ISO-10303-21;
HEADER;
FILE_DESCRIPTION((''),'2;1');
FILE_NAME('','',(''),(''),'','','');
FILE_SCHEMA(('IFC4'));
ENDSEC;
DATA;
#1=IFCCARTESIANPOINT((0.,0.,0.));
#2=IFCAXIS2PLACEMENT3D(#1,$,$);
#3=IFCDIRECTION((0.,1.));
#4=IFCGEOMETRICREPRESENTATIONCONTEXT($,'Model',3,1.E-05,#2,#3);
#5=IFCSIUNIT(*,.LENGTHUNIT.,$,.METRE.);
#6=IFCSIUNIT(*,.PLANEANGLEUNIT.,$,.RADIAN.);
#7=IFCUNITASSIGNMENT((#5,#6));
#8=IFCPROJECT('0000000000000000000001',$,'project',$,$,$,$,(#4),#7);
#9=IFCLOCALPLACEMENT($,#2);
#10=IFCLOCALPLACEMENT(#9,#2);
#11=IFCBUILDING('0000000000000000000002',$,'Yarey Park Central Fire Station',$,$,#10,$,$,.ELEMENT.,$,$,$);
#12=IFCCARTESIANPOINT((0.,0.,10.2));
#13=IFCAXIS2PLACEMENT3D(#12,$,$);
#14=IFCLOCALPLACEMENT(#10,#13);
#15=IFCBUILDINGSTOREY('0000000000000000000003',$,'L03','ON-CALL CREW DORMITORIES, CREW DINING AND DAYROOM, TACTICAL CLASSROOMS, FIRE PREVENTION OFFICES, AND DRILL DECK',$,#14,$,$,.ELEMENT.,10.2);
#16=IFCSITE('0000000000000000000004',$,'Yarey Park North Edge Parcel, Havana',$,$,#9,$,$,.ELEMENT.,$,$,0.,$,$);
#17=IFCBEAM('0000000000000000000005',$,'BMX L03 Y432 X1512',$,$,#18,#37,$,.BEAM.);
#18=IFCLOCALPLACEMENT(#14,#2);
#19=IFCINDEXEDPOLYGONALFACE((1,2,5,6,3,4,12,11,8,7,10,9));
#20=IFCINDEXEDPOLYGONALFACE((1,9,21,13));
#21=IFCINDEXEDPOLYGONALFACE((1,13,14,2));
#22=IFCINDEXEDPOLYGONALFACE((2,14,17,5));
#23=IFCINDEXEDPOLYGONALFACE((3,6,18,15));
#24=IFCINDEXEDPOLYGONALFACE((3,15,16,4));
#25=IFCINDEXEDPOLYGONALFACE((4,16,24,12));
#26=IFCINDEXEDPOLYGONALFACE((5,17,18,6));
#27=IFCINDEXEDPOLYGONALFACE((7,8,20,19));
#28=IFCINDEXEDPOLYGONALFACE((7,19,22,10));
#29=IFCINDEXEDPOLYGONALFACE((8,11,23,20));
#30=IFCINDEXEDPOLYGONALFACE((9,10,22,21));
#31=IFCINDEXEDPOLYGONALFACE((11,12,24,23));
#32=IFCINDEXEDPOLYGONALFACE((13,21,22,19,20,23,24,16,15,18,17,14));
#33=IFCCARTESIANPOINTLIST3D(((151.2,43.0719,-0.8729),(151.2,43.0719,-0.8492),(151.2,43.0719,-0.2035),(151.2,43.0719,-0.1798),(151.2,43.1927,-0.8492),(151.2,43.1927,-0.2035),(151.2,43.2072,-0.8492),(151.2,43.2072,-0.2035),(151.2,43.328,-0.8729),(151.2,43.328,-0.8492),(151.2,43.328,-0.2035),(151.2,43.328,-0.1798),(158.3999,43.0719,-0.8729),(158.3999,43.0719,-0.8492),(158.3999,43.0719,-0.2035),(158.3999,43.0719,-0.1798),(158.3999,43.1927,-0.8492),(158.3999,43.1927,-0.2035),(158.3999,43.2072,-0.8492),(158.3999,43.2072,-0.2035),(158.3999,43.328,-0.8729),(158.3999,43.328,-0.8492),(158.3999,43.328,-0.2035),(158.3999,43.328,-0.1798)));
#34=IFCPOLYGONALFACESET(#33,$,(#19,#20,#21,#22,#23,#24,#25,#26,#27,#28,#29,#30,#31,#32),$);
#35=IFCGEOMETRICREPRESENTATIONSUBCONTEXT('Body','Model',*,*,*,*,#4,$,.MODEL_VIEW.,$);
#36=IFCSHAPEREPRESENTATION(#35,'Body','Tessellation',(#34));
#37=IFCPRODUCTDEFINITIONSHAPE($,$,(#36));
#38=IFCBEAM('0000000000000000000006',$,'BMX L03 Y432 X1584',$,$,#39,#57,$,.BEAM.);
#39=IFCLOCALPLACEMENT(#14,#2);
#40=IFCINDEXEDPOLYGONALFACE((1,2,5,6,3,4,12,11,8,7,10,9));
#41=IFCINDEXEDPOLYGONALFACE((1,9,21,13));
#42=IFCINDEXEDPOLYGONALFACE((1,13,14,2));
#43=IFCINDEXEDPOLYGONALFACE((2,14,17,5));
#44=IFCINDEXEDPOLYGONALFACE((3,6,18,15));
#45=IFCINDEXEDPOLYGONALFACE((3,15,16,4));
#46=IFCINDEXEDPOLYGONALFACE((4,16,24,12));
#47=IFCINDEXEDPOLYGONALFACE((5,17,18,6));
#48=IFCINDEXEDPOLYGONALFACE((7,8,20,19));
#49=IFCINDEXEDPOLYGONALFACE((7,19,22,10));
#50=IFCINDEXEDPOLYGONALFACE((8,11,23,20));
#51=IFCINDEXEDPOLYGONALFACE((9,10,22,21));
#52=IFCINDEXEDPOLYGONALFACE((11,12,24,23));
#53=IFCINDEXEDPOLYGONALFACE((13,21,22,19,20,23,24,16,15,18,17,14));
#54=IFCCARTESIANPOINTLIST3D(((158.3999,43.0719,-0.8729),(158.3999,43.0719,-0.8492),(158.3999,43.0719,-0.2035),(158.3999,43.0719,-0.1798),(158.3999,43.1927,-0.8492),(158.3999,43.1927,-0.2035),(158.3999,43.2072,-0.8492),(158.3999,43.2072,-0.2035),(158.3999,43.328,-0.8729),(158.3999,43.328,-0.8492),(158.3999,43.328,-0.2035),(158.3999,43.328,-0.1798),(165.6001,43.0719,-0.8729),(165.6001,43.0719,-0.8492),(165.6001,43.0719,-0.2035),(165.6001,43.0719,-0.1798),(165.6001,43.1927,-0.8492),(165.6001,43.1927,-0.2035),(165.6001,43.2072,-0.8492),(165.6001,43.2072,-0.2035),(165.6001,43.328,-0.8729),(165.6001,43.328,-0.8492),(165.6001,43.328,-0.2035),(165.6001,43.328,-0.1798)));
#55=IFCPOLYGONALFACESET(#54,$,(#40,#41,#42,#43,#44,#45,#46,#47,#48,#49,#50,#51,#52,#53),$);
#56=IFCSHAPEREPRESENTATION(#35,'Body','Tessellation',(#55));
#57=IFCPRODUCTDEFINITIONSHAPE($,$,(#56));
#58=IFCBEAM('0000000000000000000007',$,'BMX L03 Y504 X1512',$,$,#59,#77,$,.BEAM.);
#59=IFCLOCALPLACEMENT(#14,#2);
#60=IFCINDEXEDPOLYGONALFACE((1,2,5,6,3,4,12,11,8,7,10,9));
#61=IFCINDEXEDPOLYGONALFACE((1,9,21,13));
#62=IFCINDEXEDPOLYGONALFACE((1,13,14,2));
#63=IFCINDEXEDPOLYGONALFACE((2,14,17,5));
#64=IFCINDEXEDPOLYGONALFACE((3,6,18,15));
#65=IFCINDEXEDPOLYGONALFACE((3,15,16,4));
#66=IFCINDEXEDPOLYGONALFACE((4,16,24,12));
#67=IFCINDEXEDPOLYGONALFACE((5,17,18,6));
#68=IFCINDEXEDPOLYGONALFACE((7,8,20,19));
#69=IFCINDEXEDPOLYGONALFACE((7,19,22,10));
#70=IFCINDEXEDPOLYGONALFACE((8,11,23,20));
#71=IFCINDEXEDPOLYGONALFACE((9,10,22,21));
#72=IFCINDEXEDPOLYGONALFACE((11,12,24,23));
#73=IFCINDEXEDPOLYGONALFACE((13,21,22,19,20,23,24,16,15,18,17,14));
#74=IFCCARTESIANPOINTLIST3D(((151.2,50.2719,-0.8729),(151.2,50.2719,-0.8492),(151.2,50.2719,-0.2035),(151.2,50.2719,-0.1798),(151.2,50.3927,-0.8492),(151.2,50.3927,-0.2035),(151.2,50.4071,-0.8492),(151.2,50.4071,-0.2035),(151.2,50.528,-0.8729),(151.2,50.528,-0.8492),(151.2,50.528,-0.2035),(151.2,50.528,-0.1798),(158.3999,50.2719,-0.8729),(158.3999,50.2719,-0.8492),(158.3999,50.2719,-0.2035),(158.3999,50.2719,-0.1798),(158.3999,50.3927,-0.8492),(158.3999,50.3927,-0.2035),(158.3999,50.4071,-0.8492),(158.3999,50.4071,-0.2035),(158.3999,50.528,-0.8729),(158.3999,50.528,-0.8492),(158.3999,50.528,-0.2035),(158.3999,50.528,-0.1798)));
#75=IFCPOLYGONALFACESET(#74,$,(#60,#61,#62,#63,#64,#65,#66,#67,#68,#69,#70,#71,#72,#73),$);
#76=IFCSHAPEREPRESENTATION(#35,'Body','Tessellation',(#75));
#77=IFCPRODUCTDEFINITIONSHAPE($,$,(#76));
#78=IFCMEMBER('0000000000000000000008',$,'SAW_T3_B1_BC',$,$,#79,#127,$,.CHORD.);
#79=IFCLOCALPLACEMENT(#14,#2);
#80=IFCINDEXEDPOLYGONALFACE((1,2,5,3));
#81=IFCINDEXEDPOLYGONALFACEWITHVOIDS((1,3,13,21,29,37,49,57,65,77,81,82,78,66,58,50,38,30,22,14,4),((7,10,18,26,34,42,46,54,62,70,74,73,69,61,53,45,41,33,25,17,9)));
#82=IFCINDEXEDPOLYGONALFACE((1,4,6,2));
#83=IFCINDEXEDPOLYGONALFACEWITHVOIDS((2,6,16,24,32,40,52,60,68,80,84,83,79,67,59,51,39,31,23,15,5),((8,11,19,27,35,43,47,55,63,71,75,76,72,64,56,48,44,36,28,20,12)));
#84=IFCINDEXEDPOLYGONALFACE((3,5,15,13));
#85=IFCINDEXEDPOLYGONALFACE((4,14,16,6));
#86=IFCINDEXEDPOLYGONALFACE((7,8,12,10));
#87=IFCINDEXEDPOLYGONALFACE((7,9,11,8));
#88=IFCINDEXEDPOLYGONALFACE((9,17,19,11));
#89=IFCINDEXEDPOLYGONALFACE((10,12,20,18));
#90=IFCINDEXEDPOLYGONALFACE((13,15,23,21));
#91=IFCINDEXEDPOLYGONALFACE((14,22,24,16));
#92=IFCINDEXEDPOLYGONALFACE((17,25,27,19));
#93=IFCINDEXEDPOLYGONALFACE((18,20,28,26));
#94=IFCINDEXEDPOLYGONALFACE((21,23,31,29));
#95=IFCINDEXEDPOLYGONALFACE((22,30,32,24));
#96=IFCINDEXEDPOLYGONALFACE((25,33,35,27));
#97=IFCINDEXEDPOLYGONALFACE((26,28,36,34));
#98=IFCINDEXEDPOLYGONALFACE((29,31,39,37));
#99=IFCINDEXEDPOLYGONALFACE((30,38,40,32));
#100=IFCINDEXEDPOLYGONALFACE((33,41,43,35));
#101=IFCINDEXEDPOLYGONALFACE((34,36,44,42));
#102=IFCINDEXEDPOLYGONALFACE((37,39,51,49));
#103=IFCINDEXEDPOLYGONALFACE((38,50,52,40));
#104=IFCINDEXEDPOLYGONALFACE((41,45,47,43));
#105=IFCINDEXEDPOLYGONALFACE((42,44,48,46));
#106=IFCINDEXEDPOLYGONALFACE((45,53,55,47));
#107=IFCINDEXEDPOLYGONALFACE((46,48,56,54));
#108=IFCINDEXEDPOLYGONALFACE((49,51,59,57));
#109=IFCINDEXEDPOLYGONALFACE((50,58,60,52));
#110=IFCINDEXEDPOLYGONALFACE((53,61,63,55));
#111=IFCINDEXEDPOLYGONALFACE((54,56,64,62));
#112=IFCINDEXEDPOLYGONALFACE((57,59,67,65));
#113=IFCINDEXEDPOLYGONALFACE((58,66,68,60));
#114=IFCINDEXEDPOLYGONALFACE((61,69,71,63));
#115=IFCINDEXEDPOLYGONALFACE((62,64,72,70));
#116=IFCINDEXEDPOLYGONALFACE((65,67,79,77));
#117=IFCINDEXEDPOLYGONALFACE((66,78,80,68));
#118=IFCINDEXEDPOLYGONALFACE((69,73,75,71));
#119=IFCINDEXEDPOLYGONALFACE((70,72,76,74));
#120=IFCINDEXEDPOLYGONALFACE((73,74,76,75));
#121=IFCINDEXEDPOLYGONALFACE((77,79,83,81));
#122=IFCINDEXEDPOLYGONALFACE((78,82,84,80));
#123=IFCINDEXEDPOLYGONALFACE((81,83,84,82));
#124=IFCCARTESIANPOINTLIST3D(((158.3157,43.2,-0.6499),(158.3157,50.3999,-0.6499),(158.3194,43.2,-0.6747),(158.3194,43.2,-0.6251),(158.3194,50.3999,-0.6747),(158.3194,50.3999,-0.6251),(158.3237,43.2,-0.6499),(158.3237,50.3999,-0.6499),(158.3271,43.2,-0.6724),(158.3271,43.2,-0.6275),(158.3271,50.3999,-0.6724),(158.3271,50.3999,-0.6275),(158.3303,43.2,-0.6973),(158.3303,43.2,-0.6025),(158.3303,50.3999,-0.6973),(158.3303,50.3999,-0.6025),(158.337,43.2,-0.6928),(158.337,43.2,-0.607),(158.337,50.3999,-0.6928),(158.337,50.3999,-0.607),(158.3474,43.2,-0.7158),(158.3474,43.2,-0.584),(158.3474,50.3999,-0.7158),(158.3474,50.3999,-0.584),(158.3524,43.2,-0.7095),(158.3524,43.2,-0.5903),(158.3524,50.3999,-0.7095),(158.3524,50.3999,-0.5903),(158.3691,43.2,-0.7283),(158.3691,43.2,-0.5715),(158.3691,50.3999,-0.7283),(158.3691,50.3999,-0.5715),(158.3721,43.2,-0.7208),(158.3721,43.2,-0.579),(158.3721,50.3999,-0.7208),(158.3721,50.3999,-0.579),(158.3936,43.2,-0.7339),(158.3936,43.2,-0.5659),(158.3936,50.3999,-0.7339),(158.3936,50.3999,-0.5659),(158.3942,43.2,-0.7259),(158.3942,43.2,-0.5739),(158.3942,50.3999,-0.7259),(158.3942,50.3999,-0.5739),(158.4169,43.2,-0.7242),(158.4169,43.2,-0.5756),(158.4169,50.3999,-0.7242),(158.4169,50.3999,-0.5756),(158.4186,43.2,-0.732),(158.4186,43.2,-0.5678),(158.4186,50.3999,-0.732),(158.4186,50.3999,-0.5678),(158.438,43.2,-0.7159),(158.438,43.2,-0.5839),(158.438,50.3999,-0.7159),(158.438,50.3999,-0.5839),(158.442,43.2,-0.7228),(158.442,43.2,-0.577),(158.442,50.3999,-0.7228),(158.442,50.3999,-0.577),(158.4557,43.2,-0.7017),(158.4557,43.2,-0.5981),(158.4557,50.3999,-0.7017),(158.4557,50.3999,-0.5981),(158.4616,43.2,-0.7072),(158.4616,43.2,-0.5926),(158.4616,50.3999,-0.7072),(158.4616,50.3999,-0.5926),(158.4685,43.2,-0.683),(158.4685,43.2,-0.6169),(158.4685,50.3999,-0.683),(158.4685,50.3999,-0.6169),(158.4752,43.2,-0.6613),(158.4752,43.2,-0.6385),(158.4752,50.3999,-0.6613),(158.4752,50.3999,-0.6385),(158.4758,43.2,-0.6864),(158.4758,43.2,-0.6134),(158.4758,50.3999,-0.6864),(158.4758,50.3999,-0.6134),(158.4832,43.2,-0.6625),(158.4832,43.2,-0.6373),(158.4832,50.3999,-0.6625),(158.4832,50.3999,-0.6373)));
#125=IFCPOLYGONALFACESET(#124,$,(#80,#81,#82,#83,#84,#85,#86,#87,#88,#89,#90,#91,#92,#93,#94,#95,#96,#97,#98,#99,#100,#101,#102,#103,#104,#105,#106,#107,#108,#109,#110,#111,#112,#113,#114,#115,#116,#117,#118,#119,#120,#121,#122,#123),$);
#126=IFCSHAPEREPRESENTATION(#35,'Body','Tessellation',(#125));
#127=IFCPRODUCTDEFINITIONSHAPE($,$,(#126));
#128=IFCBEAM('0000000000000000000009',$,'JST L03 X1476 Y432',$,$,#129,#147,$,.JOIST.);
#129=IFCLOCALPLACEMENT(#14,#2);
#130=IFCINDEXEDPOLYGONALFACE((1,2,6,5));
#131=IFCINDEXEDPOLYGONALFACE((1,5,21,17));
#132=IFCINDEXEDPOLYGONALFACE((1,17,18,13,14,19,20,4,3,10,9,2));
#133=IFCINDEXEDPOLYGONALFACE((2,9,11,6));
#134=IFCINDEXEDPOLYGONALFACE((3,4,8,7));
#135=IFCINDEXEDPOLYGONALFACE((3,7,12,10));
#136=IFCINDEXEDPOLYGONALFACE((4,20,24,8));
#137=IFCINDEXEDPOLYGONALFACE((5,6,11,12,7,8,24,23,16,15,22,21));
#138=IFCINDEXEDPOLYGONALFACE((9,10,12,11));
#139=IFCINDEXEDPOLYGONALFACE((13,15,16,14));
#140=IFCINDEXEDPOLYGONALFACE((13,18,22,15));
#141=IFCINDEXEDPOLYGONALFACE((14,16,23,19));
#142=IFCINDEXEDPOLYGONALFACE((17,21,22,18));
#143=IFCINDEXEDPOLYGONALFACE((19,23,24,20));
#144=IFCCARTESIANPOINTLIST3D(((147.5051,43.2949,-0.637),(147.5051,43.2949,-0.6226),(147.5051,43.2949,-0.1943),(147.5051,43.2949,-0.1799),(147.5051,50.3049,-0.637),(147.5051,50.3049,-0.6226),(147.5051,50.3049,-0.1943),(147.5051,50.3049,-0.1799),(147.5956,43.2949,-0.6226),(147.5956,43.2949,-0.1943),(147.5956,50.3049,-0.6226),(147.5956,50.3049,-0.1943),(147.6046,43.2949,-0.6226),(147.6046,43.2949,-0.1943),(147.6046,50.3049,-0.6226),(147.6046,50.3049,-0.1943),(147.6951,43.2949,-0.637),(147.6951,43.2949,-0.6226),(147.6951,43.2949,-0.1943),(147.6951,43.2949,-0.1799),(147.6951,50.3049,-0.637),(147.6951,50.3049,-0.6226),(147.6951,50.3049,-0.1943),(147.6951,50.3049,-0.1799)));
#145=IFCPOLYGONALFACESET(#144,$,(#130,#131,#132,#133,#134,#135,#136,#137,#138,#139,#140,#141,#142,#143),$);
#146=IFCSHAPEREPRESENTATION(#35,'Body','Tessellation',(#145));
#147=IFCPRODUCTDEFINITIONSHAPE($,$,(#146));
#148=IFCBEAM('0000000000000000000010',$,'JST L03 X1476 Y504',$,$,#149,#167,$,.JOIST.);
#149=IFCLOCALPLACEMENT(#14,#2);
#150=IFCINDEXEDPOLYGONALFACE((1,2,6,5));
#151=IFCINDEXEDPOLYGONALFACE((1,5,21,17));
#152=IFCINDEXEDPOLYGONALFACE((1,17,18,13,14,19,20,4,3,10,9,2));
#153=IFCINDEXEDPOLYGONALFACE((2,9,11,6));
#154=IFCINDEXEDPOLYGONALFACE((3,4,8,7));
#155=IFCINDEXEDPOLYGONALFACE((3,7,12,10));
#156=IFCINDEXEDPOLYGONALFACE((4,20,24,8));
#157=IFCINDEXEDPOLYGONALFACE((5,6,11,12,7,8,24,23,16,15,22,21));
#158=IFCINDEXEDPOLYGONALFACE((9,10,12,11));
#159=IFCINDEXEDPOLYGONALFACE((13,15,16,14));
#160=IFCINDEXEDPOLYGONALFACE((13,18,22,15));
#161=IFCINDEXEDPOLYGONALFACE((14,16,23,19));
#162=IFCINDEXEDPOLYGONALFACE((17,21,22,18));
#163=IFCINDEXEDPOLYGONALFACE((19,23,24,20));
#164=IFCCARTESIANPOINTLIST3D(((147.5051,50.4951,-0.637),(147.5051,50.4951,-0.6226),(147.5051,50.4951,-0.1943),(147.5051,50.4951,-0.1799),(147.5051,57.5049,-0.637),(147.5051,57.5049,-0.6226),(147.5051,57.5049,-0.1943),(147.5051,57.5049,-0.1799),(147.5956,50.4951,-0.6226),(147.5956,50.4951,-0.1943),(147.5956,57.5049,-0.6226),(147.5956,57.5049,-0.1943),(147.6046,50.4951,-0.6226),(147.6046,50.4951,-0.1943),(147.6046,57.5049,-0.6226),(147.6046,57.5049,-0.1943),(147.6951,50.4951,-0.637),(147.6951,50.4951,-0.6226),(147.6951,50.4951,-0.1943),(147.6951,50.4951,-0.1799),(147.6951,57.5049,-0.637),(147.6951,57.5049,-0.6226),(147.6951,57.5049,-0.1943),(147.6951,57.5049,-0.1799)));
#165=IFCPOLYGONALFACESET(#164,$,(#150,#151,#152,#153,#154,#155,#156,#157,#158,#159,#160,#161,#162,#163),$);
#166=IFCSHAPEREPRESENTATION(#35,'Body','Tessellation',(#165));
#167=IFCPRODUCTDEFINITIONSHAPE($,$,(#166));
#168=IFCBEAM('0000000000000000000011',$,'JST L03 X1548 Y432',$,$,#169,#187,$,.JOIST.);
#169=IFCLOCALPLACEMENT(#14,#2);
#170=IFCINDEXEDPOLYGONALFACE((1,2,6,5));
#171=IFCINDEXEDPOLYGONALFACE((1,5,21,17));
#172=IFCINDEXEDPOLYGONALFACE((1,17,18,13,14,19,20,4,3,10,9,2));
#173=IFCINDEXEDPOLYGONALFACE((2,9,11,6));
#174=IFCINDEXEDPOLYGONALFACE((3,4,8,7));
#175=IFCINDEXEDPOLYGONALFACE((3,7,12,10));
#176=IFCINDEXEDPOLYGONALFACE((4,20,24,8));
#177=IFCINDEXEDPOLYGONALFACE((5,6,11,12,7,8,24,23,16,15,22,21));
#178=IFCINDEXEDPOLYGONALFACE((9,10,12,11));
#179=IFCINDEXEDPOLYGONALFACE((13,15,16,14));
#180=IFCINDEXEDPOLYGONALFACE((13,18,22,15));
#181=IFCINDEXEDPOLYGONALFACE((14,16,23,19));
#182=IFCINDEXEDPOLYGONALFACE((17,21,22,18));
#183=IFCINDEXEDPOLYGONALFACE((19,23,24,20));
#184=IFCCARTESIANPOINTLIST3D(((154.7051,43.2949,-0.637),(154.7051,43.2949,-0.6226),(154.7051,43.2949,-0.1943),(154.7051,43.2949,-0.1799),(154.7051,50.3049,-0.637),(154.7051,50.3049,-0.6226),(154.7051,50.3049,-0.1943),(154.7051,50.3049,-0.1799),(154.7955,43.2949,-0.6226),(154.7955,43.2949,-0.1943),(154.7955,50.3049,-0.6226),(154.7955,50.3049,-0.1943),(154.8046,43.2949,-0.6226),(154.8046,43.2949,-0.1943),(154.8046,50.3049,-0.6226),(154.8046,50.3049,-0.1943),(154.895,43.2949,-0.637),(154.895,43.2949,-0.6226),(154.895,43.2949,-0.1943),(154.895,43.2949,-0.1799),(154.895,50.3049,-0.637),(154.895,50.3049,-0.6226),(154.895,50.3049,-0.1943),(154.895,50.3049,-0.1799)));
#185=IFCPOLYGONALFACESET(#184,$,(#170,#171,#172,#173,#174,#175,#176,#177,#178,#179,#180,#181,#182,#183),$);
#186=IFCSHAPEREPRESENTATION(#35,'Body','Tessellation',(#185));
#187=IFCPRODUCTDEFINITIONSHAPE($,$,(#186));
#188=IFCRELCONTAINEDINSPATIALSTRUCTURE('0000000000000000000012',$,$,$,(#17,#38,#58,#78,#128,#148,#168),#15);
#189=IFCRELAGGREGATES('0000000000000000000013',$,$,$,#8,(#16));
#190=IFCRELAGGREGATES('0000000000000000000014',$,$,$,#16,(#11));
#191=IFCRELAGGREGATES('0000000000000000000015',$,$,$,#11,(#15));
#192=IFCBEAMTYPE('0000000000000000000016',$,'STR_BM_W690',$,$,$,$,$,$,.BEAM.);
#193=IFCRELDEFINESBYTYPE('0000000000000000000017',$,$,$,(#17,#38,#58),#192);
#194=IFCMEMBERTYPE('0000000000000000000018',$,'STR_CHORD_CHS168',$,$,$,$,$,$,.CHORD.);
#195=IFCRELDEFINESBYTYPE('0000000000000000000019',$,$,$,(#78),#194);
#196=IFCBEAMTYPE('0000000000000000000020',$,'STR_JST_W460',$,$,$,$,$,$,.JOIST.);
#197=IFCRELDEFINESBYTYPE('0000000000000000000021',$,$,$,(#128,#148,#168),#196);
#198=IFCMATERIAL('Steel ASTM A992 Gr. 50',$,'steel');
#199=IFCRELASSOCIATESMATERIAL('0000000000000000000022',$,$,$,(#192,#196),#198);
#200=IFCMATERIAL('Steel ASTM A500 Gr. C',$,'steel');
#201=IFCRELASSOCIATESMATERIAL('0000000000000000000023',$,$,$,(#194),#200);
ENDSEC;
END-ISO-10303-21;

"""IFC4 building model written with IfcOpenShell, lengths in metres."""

from ifc_helpers import new_model, si_unit, direction, frame, origin, origin_2d, place, context, subcontext, project, spatial, hollow_circle, i_section, extrude, material, material_profile, profile_set, type_object, element, save


model = new_model("IFC4")

# Units and contexts
model_context = context("Model", 3, precision=1e-05, world=origin(), true_north=direction((0.0, 1.0)))
body_context = subcontext(model_context, "Body", "Model", "MODEL_VIEW")
ifc_project = project(units=[si_unit("LENGTHUNIT", "METRE"), si_unit("PLANEANGLEUNIT", "RADIAN")], contexts=[model_context])

# Site, building, storey
site_placement = place(None, origin())
site = spatial("IfcSite", under=ifc_project, at=site_placement, Name="Yarey Park North Edge Parcel, Havana", CompositionType="ELEMENT", RefElevation=0.0)
building_placement = place(site_placement, origin())
building = spatial("IfcBuilding", under=site, at=building_placement, Name="Yarey Park Central Fire Station", CompositionType="ELEMENT")
storey_placement = place(building_placement, frame((0.0, 0.0, 10.2)))
storey = spatial("IfcBuildingStorey", under=building, at=storey_placement, Name="L03", Description="ON-CALL CREW DORMITORIES, CREW DINING AND DAYROOM, TACTICAL CLASSROOMS, FIRE PREVENTION OFFICES, AND DRILL DECK", CompositionType="ELEMENT", Elevation=10.2)

# Beams
ifc_material_1 = material(Name="Steel ASTM A992 Gr. 50", Category="steel")
ifc_material_profile_1 = material_profile(ifc_material_1, i_section(OverallWidth=0.2561, OverallDepth=0.6931, WebThickness=0.0144, FlangeThickness=0.0237, at=origin_2d()), Name="W690x170")
ifc_profile_set_1 = profile_set([ifc_material_profile_1], Name="Steel ASTM A992 Gr. 50")
beam_type_1 = type_object("IfcBeamType", Name="STR_BM_W690", PredefinedType="BEAM", material=ifc_profile_set_1)
beam_1_placement = place(storey_placement, frame((151.2, 43.2, -0.5264), z_axis=(1.0, 0.0, 0.0), x_axis=(0.0, 1.0, 0.0)))
element("IfcBeam", 1, at=beam_1_placement, inside=storey, type_object=beam_type_1, Name="BMX L03 Y432 X1512", PredefinedType="BEAM", context=body_context, shape_type="SweptSolid", body=[
    extrude(i_section(OverallWidth=0.2561, OverallDepth=0.6931, WebThickness=0.0144, FlangeThickness=0.0237, at=origin_2d()), origin(), (0.0, 0.0, 1.0), 7.2),
])
beam_2_placement = place(storey_placement, frame((158.3999, 43.2, -0.5264), z_axis=(1.0, 0.0, 0.0), x_axis=(0.0, 1.0, 0.0)))
element("IfcBeam", 2, at=beam_2_placement, inside=storey, type_object=beam_type_1, Name="BMX L03 Y432 X1584", PredefinedType="BEAM", context=body_context, shape_type="SweptSolid", body=[
    extrude(i_section(OverallWidth=0.2561, OverallDepth=0.6931, WebThickness=0.0144, FlangeThickness=0.0237, at=origin_2d()), origin(), (0.0, 0.0, 1.0), 7.2002),
])
beam_3_placement = place(storey_placement, frame((151.2, 50.3999, -0.5264), z_axis=(1.0, 0.0, 0.0), x_axis=(0.0, 1.0, 0.0)))
element("IfcBeam", 3, at=beam_3_placement, inside=storey, type_object=beam_type_1, Name="BMX L03 Y504 X1512", PredefinedType="BEAM", context=body_context, shape_type="SweptSolid", body=[
    extrude(i_section(OverallWidth=0.2561, OverallDepth=0.6931, WebThickness=0.0144, FlangeThickness=0.0237, at=origin_2d()), origin(), (0.0, 0.0, 1.0), 7.2),
])

# Member
ifc_material_2 = material(Name="Steel ASTM A500 Gr. C", Category="steel")
ifc_material_profile_2 = material_profile(ifc_material_2, hollow_circle(Radius=0.0842, WallThickness=0.0081, at=origin_2d()), Name="CHS 168.3x8")
ifc_profile_set_2 = profile_set([ifc_material_profile_2], Name="Steel ASTM A500 Gr. C")
member_type_1 = type_object("IfcMemberType", Name="STR_CHORD_CHS168", PredefinedType="CHORD", material=ifc_profile_set_2)
member_1_placement = place(storey_placement, frame((158.3999, 43.2, -0.6499), z_axis=(0.0, 1.0, 0.0), x_axis=(-1.0, 0.0, 0.0)))
element("IfcMember", 4, at=member_1_placement, inside=storey, type_object=member_type_1, Name="SAW_T3_B1_BC", PredefinedType="CHORD", context=body_context, shape_type="SweptSolid", body=[
    extrude(hollow_circle(Radius=0.0842, WallThickness=0.0081, at=origin_2d()), origin(), (0.0, 0.0, 1.0), 7.2),
])

# Beams
ifc_material_profile_3 = material_profile(ifc_material_1, i_section(OverallWidth=0.1899, OverallDepth=0.457, WebThickness=0.009, FlangeThickness=0.0144, at=origin_2d()), Name="W460x74")
ifc_profile_set_3 = profile_set([ifc_material_profile_3], Name="Steel ASTM A992 Gr. 50")
beam_type_2 = type_object("IfcBeamType", Name="STR_JST_W460", PredefinedType="JOIST", material=ifc_profile_set_3)
beam_4_placement = place(storey_placement, frame((147.6001, 43.2949, -0.4084), z_axis=(0.0, 1.0, 0.0), x_axis=(-1.0, 0.0, 0.0)))
element("IfcBeam", 5, at=beam_4_placement, inside=storey, type_object=beam_type_2, Name="JST L03 X1476 Y432", PredefinedType="JOIST", context=body_context, shape_type="SweptSolid", body=[
    extrude(i_section(OverallWidth=0.1899, OverallDepth=0.457, WebThickness=0.009, FlangeThickness=0.0144, at=origin_2d()), origin(), (0.0, 0.0, 1.0), 7.01),
])
beam_5_placement = place(storey_placement, frame((147.6001, 50.4951, -0.4084), z_axis=(0.0, 1.0, 0.0), x_axis=(-1.0, 0.0, 0.0)))
element("IfcBeam", 6, at=beam_5_placement, inside=storey, type_object=beam_type_2, Name="JST L03 X1476 Y504", PredefinedType="JOIST", context=body_context, shape_type="SweptSolid", body=[
    extrude(i_section(OverallWidth=0.1899, OverallDepth=0.457, WebThickness=0.009, FlangeThickness=0.0144, at=origin_2d()), origin(), (0.0, 0.0, 1.0), 7.0098),
])
beam_6_placement = place(storey_placement, frame((154.8, 43.2949, -0.4084), z_axis=(0.0, 1.0, 0.0), x_axis=(-1.0, 0.0, 0.0)))
element("IfcBeam", 7, at=beam_6_placement, inside=storey, type_object=beam_type_2, Name="JST L03 X1548 Y432", PredefinedType="JOIST", context=body_context, shape_type="SweptSolid", body=[
    extrude(i_section(OverallWidth=0.1899, OverallDepth=0.457, WebThickness=0.009, FlangeThickness=0.0144, at=origin_2d()), origin(), (0.0, 0.0, 1.0), 7.01),
])

save(model, "model.ifc")
